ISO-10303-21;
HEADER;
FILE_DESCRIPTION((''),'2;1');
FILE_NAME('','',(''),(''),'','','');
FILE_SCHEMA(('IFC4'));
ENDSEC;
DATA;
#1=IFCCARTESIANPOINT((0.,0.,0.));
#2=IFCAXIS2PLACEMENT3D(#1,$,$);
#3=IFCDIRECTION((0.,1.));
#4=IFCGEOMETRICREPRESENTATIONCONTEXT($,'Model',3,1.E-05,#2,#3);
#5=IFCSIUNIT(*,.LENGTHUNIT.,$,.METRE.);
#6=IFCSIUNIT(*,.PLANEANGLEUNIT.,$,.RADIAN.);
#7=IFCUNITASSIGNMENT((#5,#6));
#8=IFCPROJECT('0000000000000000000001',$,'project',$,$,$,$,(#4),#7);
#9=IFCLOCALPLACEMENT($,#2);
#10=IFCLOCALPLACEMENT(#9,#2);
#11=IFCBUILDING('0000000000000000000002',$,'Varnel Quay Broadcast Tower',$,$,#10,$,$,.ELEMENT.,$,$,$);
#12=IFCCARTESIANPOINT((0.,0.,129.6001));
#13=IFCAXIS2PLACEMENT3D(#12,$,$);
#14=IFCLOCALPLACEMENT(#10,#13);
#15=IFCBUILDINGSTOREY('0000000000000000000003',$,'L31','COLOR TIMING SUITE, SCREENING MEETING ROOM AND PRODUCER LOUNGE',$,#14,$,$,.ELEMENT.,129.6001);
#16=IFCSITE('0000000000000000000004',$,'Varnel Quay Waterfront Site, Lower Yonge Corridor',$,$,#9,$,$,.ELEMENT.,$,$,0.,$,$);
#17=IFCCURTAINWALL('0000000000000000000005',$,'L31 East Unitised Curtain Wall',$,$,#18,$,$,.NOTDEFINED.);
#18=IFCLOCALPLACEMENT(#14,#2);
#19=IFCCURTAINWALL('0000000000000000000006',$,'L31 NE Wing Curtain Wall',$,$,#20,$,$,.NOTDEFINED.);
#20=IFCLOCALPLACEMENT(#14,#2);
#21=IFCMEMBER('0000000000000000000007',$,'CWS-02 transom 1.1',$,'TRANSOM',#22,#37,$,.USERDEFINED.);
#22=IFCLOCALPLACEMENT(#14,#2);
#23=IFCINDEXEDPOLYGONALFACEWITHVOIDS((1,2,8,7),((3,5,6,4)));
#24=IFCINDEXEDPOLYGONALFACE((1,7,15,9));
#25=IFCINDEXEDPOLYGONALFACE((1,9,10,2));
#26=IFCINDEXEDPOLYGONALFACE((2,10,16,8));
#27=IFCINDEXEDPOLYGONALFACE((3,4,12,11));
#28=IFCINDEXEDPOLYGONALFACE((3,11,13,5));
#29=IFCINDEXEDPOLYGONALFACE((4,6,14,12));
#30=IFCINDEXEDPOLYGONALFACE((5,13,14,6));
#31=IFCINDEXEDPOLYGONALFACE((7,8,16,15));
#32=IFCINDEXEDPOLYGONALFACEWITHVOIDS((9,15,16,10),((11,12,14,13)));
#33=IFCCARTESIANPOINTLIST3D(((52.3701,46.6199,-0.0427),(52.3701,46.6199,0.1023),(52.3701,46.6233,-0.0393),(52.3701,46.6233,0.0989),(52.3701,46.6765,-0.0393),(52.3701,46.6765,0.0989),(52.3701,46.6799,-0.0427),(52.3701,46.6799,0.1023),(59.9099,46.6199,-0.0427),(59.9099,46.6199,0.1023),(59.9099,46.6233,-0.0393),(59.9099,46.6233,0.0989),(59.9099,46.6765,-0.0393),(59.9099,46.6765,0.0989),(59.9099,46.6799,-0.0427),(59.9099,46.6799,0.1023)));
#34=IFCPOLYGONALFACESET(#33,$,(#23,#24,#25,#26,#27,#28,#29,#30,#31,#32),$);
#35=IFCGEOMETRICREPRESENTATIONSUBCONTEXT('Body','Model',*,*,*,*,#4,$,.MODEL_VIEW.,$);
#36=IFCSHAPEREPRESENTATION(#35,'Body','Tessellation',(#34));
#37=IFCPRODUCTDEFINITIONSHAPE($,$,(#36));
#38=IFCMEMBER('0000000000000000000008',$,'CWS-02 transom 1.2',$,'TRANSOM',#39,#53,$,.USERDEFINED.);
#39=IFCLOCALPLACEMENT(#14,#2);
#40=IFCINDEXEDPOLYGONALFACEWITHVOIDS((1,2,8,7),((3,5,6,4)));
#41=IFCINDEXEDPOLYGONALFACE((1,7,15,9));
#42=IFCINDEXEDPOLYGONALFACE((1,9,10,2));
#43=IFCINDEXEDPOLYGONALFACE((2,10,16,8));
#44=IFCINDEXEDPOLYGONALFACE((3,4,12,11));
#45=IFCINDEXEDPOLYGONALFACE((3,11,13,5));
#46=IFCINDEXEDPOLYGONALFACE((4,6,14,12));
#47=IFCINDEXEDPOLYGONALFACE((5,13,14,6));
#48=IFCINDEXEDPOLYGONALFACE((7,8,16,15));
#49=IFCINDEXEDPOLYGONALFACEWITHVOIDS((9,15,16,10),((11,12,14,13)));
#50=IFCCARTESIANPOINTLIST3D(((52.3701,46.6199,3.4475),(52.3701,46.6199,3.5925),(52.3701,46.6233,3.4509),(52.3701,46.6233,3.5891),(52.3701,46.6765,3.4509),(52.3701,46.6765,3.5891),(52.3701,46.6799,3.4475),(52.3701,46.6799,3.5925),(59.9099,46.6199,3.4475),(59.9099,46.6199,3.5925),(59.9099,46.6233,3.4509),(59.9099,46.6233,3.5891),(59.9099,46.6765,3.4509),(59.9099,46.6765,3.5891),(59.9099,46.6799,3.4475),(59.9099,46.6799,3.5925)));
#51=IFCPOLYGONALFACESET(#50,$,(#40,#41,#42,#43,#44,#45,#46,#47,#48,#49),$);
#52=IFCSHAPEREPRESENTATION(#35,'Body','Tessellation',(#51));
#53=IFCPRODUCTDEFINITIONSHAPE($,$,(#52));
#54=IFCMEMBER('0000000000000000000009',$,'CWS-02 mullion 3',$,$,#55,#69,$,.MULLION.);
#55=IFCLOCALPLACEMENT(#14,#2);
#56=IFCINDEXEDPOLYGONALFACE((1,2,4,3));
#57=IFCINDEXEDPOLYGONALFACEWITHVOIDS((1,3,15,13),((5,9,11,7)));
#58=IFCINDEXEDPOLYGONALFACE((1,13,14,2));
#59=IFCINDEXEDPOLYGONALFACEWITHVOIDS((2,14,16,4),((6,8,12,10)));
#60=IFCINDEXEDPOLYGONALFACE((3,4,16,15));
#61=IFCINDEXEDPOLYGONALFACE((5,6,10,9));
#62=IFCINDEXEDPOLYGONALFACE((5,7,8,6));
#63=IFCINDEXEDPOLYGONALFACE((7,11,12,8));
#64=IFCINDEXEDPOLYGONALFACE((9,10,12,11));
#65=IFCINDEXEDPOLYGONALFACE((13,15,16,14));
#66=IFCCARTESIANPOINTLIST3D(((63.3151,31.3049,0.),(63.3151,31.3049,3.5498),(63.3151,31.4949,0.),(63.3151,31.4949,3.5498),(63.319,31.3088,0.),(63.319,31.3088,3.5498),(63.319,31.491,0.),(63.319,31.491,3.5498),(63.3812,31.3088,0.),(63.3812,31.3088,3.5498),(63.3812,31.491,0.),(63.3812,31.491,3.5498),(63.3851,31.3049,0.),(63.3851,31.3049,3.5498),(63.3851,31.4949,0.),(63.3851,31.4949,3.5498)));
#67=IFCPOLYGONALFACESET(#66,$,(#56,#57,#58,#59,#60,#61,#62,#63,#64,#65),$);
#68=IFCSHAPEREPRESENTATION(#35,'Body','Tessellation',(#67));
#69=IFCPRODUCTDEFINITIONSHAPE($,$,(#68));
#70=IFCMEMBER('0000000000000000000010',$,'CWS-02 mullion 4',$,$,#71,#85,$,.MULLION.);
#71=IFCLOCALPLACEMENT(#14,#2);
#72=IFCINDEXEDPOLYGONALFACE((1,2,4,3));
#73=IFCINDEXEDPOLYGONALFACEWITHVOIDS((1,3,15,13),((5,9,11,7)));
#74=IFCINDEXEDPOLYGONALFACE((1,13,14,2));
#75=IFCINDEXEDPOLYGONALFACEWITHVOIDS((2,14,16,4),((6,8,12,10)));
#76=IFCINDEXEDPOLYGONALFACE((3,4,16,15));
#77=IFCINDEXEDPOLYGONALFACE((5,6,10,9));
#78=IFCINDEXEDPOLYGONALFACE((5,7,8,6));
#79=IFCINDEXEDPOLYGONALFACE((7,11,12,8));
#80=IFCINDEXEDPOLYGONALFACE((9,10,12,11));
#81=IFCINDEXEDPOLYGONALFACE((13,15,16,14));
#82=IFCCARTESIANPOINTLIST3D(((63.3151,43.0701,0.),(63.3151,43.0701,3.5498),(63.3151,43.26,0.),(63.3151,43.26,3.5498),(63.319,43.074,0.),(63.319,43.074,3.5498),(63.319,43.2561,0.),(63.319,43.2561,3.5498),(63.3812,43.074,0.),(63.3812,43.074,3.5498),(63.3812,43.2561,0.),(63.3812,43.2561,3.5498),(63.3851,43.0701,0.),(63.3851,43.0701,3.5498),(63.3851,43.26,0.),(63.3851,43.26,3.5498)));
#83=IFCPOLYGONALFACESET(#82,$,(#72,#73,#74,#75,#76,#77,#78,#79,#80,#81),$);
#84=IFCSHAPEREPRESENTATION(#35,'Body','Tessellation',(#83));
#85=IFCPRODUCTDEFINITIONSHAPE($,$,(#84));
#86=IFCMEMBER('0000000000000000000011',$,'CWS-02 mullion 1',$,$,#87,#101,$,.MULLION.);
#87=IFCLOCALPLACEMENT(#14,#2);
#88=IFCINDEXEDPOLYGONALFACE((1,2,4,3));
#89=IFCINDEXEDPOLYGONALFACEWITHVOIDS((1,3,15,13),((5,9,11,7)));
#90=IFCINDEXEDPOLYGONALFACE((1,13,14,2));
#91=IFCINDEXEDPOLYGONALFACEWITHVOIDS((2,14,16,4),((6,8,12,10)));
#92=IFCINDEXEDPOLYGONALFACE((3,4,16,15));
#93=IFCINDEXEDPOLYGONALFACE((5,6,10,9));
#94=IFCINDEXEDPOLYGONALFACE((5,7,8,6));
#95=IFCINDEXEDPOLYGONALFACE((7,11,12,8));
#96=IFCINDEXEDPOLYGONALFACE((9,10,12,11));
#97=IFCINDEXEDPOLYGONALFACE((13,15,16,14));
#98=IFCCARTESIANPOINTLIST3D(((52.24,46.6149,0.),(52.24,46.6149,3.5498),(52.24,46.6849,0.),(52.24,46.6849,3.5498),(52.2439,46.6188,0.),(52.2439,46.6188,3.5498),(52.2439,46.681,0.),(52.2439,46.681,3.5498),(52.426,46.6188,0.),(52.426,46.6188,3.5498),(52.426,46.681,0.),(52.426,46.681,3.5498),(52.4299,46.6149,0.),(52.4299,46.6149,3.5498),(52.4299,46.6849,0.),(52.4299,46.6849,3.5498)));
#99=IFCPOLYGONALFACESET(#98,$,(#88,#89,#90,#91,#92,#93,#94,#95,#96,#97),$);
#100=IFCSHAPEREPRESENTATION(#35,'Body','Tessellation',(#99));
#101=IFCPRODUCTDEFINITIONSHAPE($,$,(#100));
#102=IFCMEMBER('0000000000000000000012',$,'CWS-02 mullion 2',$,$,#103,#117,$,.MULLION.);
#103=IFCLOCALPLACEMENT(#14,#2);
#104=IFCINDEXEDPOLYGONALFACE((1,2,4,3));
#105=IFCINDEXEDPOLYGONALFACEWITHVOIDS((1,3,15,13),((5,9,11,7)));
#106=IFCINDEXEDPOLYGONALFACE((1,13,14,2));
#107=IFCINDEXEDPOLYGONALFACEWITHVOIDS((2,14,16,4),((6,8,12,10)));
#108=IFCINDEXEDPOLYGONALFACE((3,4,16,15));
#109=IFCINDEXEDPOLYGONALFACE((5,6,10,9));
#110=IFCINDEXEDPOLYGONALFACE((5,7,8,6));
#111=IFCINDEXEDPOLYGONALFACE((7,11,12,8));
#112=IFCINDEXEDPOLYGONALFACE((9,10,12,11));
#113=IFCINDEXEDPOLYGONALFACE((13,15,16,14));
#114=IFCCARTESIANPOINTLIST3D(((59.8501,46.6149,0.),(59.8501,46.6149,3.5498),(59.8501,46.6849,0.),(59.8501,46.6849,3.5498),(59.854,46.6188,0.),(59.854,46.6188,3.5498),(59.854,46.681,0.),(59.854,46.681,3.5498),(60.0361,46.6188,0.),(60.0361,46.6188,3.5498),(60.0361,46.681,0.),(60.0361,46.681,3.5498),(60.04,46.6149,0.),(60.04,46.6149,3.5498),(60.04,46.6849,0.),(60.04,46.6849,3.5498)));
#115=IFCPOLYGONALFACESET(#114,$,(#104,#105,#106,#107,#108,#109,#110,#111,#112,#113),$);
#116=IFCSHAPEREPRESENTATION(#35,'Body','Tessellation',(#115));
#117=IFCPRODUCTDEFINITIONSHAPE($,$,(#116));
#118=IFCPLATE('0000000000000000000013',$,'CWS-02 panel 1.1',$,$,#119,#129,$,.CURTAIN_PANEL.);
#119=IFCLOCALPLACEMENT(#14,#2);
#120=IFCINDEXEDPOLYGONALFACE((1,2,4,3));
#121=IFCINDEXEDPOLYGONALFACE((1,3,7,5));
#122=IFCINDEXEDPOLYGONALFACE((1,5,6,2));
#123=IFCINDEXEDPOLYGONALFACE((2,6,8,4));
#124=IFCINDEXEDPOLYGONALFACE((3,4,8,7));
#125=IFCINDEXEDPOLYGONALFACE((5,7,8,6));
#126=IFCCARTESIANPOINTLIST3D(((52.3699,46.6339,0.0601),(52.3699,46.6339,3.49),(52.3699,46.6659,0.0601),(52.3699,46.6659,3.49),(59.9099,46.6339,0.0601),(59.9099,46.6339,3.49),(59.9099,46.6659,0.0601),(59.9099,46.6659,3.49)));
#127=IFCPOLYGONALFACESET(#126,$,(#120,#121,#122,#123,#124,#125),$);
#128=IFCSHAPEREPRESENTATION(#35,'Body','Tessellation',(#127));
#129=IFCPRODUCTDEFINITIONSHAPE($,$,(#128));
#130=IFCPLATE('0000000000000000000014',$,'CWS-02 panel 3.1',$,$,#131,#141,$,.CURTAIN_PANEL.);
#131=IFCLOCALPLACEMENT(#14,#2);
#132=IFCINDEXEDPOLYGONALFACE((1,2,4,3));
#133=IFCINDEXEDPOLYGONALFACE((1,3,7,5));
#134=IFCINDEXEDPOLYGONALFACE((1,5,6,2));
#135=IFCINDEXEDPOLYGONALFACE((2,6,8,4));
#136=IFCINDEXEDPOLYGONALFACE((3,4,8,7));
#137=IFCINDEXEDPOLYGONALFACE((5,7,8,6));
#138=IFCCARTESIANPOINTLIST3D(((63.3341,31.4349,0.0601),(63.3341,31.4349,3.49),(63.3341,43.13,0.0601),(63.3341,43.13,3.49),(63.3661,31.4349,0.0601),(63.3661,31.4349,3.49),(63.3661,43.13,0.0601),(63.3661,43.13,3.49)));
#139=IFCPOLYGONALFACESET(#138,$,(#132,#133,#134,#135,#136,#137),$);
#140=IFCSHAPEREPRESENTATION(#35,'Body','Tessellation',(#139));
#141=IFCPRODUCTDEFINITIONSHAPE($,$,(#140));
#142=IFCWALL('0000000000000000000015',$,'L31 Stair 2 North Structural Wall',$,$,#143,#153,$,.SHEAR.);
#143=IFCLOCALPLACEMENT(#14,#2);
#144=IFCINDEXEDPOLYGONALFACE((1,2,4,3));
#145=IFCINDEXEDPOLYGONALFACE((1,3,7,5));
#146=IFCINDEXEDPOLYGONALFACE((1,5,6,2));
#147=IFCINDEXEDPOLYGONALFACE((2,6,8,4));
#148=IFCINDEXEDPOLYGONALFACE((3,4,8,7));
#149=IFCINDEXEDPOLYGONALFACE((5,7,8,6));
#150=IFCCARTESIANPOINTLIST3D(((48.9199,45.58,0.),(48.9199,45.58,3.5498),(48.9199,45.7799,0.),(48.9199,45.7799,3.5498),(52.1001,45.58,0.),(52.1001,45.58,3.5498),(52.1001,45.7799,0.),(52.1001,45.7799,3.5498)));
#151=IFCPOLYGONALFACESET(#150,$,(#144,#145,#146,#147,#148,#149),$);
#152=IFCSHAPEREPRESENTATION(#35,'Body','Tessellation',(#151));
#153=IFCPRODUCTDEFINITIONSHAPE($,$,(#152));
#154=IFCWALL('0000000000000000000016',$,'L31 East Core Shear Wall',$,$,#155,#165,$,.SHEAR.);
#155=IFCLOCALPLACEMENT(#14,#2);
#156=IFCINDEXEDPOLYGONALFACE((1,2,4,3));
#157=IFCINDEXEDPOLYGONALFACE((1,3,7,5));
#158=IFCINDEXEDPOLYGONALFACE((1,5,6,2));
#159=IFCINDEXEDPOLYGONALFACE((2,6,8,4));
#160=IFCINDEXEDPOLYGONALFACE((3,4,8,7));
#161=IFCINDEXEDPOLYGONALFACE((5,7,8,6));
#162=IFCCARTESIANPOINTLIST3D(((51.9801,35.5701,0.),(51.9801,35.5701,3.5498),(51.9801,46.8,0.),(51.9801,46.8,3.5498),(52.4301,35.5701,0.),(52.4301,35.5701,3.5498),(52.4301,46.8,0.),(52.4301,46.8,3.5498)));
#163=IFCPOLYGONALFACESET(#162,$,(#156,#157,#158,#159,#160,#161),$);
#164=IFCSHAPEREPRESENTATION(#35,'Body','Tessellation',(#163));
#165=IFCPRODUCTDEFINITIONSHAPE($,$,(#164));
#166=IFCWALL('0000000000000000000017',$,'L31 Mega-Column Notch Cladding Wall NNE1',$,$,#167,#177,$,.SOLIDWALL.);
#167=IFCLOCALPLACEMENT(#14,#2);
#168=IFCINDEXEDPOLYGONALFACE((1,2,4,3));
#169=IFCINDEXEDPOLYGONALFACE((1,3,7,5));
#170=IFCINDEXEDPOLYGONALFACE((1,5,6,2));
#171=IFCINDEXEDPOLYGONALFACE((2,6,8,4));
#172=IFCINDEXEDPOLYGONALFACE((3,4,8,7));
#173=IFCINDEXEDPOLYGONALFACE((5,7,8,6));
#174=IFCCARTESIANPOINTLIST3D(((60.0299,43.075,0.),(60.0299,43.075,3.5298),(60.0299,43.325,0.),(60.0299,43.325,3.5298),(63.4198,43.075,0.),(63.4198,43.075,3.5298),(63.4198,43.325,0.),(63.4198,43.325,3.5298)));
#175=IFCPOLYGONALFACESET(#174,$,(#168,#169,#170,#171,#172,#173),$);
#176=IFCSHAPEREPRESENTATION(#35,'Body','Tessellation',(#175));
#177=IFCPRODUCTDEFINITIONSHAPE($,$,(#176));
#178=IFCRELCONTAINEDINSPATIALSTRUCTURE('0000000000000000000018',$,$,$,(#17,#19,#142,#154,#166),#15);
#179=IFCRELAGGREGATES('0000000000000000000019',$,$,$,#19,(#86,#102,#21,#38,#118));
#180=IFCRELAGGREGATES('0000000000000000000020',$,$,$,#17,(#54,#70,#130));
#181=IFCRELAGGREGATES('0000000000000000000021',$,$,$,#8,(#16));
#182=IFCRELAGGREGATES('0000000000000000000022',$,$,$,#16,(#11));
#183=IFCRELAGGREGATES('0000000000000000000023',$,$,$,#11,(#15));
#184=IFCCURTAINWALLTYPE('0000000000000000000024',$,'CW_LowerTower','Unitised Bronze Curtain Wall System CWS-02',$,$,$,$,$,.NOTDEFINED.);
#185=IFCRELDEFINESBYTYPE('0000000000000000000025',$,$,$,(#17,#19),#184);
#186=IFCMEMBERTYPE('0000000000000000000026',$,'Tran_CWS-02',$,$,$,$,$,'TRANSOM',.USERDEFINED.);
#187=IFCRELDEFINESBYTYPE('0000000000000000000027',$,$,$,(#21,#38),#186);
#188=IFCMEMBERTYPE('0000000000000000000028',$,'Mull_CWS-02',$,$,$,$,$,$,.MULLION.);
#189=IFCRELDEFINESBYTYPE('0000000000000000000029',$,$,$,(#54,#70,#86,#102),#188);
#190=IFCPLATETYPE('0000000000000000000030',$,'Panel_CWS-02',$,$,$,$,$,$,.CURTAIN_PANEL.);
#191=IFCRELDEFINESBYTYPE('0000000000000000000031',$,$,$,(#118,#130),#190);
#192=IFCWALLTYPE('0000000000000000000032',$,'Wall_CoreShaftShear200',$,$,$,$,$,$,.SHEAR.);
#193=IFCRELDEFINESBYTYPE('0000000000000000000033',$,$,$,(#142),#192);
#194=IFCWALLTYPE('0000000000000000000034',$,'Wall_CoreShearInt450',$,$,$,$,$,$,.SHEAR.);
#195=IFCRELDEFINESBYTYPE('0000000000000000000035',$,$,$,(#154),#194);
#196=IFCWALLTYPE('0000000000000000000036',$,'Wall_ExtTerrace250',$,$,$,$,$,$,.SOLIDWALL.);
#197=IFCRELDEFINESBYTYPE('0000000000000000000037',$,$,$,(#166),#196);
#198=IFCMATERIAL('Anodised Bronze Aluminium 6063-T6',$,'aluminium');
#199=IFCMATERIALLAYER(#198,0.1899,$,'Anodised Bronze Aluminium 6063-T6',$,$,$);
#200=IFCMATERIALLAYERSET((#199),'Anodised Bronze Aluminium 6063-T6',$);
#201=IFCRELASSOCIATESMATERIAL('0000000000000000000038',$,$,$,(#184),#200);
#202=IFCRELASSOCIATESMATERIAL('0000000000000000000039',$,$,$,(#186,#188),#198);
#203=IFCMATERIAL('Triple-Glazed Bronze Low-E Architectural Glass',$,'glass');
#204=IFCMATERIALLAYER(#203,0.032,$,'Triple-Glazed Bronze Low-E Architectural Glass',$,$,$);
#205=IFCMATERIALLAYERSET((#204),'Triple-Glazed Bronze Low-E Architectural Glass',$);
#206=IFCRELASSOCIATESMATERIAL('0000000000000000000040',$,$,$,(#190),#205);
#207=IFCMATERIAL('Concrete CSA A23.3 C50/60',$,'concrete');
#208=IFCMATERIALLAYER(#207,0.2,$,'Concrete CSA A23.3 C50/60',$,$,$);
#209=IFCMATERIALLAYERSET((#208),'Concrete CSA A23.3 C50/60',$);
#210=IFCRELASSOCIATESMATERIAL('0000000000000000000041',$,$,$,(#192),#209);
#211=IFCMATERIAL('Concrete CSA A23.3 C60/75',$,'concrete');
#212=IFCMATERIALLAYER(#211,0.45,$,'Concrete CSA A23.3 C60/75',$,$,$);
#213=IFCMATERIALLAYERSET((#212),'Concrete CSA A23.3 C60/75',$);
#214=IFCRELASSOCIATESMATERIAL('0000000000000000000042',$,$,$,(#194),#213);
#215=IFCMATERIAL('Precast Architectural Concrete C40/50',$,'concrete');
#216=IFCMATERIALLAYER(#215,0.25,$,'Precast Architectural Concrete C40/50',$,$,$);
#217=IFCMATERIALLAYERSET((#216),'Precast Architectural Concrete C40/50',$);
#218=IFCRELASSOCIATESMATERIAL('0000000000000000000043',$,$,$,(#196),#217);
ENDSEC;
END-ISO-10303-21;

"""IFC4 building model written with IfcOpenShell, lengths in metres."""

from ifc_helpers import new_model, si_unit, direction, frame, frame_2d, origin, origin_2d, place, context, subcontext, project, spatial, rectangle, hollow_rectangle, extrude, source, transform, mapped, material, layer, layer_set, material_profile, profile_set, type_object, type_shapes, element, aggregate, save


model = new_model("IFC4")

# Units and contexts
model_context = context("Model", 3, precision=1e-05, world=origin(), true_north=direction((0.0, 1.0)))
body_context = subcontext(model_context, "Body", "Model", "MODEL_VIEW")
ifc_project = project(units=[si_unit("LENGTHUNIT", "METRE"), si_unit("PLANEANGLEUNIT", "RADIAN")], contexts=[model_context])

# Site, building, storey
site_placement = place(None, origin())
site = spatial("IfcSite", under=ifc_project, at=site_placement, Name="Varnel Quay Waterfront Site, Lower Yonge Corridor", CompositionType="ELEMENT", RefElevation=0.0)
building_placement = place(site_placement, origin())
building = spatial("IfcBuilding", under=site, at=building_placement, Name="Varnel Quay Broadcast Tower", CompositionType="ELEMENT")
storey_placement = place(building_placement, frame((0.0, 0.0, 129.6001)))
storey = spatial("IfcBuildingStorey", under=building, at=storey_placement, Name="L31", Description="COLOR TIMING SUITE, SCREENING MEETING ROOM AND PRODUCER LOUNGE", CompositionType="ELEMENT", Elevation=129.6001)

# Curtain walls, members
ifc_material_1 = material(Name="Anodised Bronze Aluminium 6063-T6", Category="aluminium")
ifc_layer_1 = layer(ifc_material_1, 0.1899, Name="Anodised Bronze Aluminium 6063-T6")
ifc_layer_set_1 = layer_set([ifc_layer_1], Name="Anodised Bronze Aluminium 6063-T6")
curtain_wall_type = type_object("IfcCurtainWallType", Name="CW_LowerTower", Description="Unitised Bronze Curtain Wall System CWS-02", PredefinedType="NOTDEFINED", material=ifc_layer_set_1)
curtain_wall_1_placement = place(storey_placement, origin())
curtain_wall_1 = element("IfcCurtainWall", 1, at=curtain_wall_1_placement, inside=storey, type_object=curtain_wall_type, Name="L31 East Unitised Curtain Wall", PredefinedType="NOTDEFINED")
ifc_material_profile_1 = material_profile(ifc_material_1, hollow_rectangle(XDim=0.0601, YDim=0.145, WallThickness=0.0034, at=origin_2d()), Name="ALU60X145X3.5")
ifc_profile_set_1 = profile_set([ifc_material_profile_1], Name="Anodised Bronze Aluminium 6063-T6")
member_type_1 = type_object("IfcMemberType", Name="Tran_CWS-02", ElementType="TRANSOM", PredefinedType="USERDEFINED", material=ifc_profile_set_1)
curtain_wall_2_placement = place(storey_placement, origin())
curtain_wall_2 = element("IfcCurtainWall", 2, at=curtain_wall_2_placement, inside=storey, type_object=curtain_wall_type, Name="L31 NE Wing Curtain Wall", PredefinedType="NOTDEFINED")
shared_shape_1 = source(origin(), body_context, "Body", "SweptSolid", [
    extrude(hollow_rectangle(XDim=0.0601, YDim=0.145, WallThickness=0.0034, at=origin_2d()), origin(), (0.0, 0.0, 1.0), 7.5398),
])
member_1_placement = place(storey_placement, frame((52.3701, 46.6499, 0.0298), z_axis=(1.0, 0.0, 0.0), x_axis=(0.0, 1.0, 0.0)))
member_1 = element("IfcMember", 3, at=member_1_placement, type_object=member_type_1, Name="CWS-02 transom 1.1", ObjectType="TRANSOM", PredefinedType="USERDEFINED", context=body_context, shape_type="MappedRepresentation", body=[
    mapped(shared_shape_1, transform((0.0, 0.0, 0.0), x_axis=(1.0, 0.0, 0.0), y_axis=(0.0, 1.0, 0.0), z_axis=(0.0, 0.0, 1.0), scale=1.0)),
])
member_2_placement = place(storey_placement, frame((52.3701, 46.6499, 3.52), z_axis=(1.0, 0.0, 0.0), x_axis=(0.0, 1.0, 0.0)))
member_2 = element("IfcMember", 4, at=member_2_placement, type_object=member_type_1, Name="CWS-02 transom 1.2", ObjectType="TRANSOM", PredefinedType="USERDEFINED", context=body_context, shape_type="MappedRepresentation", body=[
    mapped(shared_shape_1, transform((0.0, 0.0, 0.0), x_axis=(1.0, 0.0, 0.0), y_axis=(0.0, 1.0, 0.0), z_axis=(0.0, 0.0, 1.0), scale=1.0)),
])

# Members
ifc_material_profile_2 = material_profile(ifc_material_1, hollow_rectangle(XDim=0.0701, YDim=0.1899, WallThickness=0.0039, at=origin_2d()), Name="ALU70X190X4")
ifc_profile_set_2 = profile_set([ifc_material_profile_2], Name="Anodised Bronze Aluminium 6063-T6")
member_type_2 = type_object("IfcMemberType", Name="Mull_CWS-02", PredefinedType="MULLION", material=ifc_profile_set_2)
shared_shape_2 = source(origin(), body_context, "Body", "SweptSolid", [
    extrude(hollow_rectangle(XDim=0.0701, YDim=0.1899, WallThickness=0.0039, at=origin_2d()), origin(), (0.0, 0.0, 1.0), 3.5498),
])
type_shapes(member_type_2, [shared_shape_2])
member_3_placement = place(storey_placement, frame((63.3501, 31.3999, 0.0), z_axis=(0.0, 0.0, 1.0), x_axis=(-1.0, 0.0, 0.0)))
member_3 = element("IfcMember", 5, at=member_3_placement, type_object=member_type_2, Name="CWS-02 mullion 3", PredefinedType="MULLION", context=body_context, shape_type="MappedRepresentation", body=[
    mapped(shared_shape_2, transform((0.0, 0.0, 0.0), x_axis=(1.0, 0.0, 0.0), y_axis=(0.0, 1.0, 0.0), z_axis=(0.0, 0.0, 1.0), scale=1.0)),
])
member_4_placement = place(storey_placement, frame((63.3501, 43.165, 0.0), z_axis=(0.0, 0.0, 1.0), x_axis=(-1.0, 0.0, 0.0)))
member_4 = element("IfcMember", 6, at=member_4_placement, type_object=member_type_2, Name="CWS-02 mullion 4", PredefinedType="MULLION", context=body_context, shape_type="MappedRepresentation", body=[
    mapped(shared_shape_2, transform((0.0, 0.0, 0.0), x_axis=(1.0, 0.0, 0.0), y_axis=(0.0, 1.0, 0.0), z_axis=(0.0, 0.0, 1.0), scale=1.0)),
])
member_5_placement = place(storey_placement, frame((52.335, 46.6499, 0.0), z_axis=(0.0, 0.0, 1.0), x_axis=(0.0, 1.0, 0.0)))
member_5 = element("IfcMember", 7, at=member_5_placement, type_object=member_type_2, Name="CWS-02 mullion 1", PredefinedType="MULLION", context=body_context, shape_type="MappedRepresentation", body=[
    mapped(shared_shape_2, transform((0.0, 0.0, 0.0), x_axis=(1.0, 0.0, 0.0), y_axis=(0.0, 1.0, 0.0), z_axis=(0.0, 0.0, 1.0), scale=1.0)),
])
member_6_placement = place(storey_placement, frame((59.9451, 46.6499, 0.0), z_axis=(0.0, 0.0, 1.0), x_axis=(0.0, 1.0, 0.0)))
member_6 = element("IfcMember", 8, at=member_6_placement, type_object=member_type_2, Name="CWS-02 mullion 2", PredefinedType="MULLION", context=body_context, shape_type="MappedRepresentation", body=[
    mapped(shared_shape_2, transform((0.0, 0.0, 0.0), x_axis=(1.0, 0.0, 0.0), y_axis=(0.0, 1.0, 0.0), z_axis=(0.0, 0.0, 1.0), scale=1.0)),
])

# Plates
ifc_material_2 = material(Name="Triple-Glazed Bronze Low-E Architectural Glass", Category="glass")
ifc_layer_2 = layer(ifc_material_2, 0.032, Name="Triple-Glazed Bronze Low-E Architectural Glass")
ifc_layer_set_2 = layer_set([ifc_layer_2], Name="Triple-Glazed Bronze Low-E Architectural Glass")
plate_type = type_object("IfcPlateType", Name="Panel_CWS-02", PredefinedType="CURTAIN_PANEL", material=ifc_layer_set_2)
shared_shape_3 = source(origin(), body_context, "Body", "SweptSolid", [
    extrude(rectangle(XDim=7.54, YDim=0.032, at=origin_2d()), origin(), (0.0, 0.0, 1.0), 3.4299),
])
plate_1_placement = place(storey_placement, frame((56.1399, 46.6499, 0.0601), z_axis=(0.0, 0.0, 1.0), x_axis=(1.0, 0.0, 0.0)))
plate_1 = element("IfcPlate", 9, at=plate_1_placement, type_object=plate_type, Name="CWS-02 panel 1.1", PredefinedType="CURTAIN_PANEL", context=body_context, shape_type="MappedRepresentation", body=[
    mapped(shared_shape_3, transform((0.0, 0.0, 0.0), x_axis=(1.0, 0.0, 0.0), y_axis=(0.0, 1.0, 0.0), z_axis=(0.0, 0.0, 1.0), scale=1.0)),
])
aggregate(curtain_wall_2, [member_5, member_6, member_1, member_2, plate_1])
shared_shape_4 = source(origin(), body_context, "Body", "SweptSolid", [
    extrude(rectangle(XDim=11.6951, YDim=0.032, at=origin_2d()), origin(), (0.0, 0.0, 1.0), 3.4299),
])
type_shapes(plate_type, [shared_shape_3, shared_shape_4])
plate_2_placement = place(storey_placement, frame((63.3501, 37.2825, 0.0601), z_axis=(0.0, 0.0, 1.0), x_axis=(0.0, 1.0, 0.0)))
plate_2 = element("IfcPlate", 10, at=plate_2_placement, type_object=plate_type, Name="CWS-02 panel 3.1", PredefinedType="CURTAIN_PANEL", context=body_context, shape_type="MappedRepresentation", body=[
    mapped(shared_shape_4, transform((0.0, 0.0, 0.0), x_axis=(1.0, 0.0, 0.0), y_axis=(0.0, 1.0, 0.0), z_axis=(0.0, 0.0, 1.0), scale=1.0)),
])
aggregate(curtain_wall_1, [member_3, member_4, plate_2])

# Walls
ifc_material_3 = material(Name="Concrete CSA A23.3 C50/60", Category="concrete")
ifc_layer_3 = layer(ifc_material_3, 0.2, Name="Concrete CSA A23.3 C50/60")
ifc_layer_set_3 = layer_set([ifc_layer_3], Name="Concrete CSA A23.3 C50/60")
wall_type_1 = type_object("IfcWallType", Name="Wall_CoreShaftShear200", PredefinedType="SHEAR", material=ifc_layer_set_3)
wall_1_placement = place(storey_placement, frame((48.9199, 45.6799, 0.0), z_axis=(0.0, 0.0, 1.0), x_axis=(1.0, 0.0, 0.0)))
element("IfcWall", 11, at=wall_1_placement, inside=storey, type_object=wall_type_1, Name="L31 Stair 2 North Structural Wall", PredefinedType="SHEAR", context=body_context, shape_type="SweptSolid", body=[
    extrude(rectangle(XDim=3.1802, YDim=0.2, at=frame_2d((1.5901, 0.0))), origin(), (0.0, 0.0, 1.0), 3.5498),
])
ifc_material_4 = material(Name="Concrete CSA A23.3 C60/75", Category="concrete")
ifc_layer_4 = layer(ifc_material_4, 0.45, Name="Concrete CSA A23.3 C60/75")
ifc_layer_set_4 = layer_set([ifc_layer_4], Name="Concrete CSA A23.3 C60/75")
wall_type_2 = type_object("IfcWallType", Name="Wall_CoreShearInt450", PredefinedType="SHEAR", material=ifc_layer_set_4)
wall_2_placement = place(storey_placement, frame((52.2051, 35.5701, 0.0), z_axis=(0.0, 0.0, 1.0), x_axis=(0.0, 1.0, 0.0)))
element("IfcWall", 12, at=wall_2_placement, inside=storey, type_object=wall_type_2, Name="L31 East Core Shear Wall", PredefinedType="SHEAR", context=body_context, shape_type="SweptSolid", body=[
    extrude(rectangle(XDim=11.23, YDim=0.45, at=frame_2d((5.615, 0.0))), origin(), (0.0, 0.0, 1.0), 3.5498),
])
ifc_material_5 = material(Name="Precast Architectural Concrete C40/50", Category="concrete")
ifc_layer_5 = layer(ifc_material_5, 0.25, Name="Precast Architectural Concrete C40/50")
ifc_layer_set_5 = layer_set([ifc_layer_5], Name="Precast Architectural Concrete C40/50")
wall_type_3 = type_object("IfcWallType", Name="Wall_ExtTerrace250", PredefinedType="SOLIDWALL", material=ifc_layer_set_5)
wall_3_placement = place(storey_placement, frame((60.03, 43.2, 0.0), z_axis=(0.0, 0.0, 1.0), x_axis=(1.0, 0.0, 0.0)))
element("IfcWall", 13, at=wall_3_placement, inside=storey, type_object=wall_type_3, Name="L31 Mega-Column Notch Cladding Wall NNE1", PredefinedType="SOLIDWALL", context=body_context, shape_type="SweptSolid", body=[
    extrude(rectangle(XDim=3.3899, YDim=0.25, at=frame_2d((1.6948, 0.0))), origin(), (0.0, 0.0, 1.0), 3.5298),
])

save(model, "model.ifc")
